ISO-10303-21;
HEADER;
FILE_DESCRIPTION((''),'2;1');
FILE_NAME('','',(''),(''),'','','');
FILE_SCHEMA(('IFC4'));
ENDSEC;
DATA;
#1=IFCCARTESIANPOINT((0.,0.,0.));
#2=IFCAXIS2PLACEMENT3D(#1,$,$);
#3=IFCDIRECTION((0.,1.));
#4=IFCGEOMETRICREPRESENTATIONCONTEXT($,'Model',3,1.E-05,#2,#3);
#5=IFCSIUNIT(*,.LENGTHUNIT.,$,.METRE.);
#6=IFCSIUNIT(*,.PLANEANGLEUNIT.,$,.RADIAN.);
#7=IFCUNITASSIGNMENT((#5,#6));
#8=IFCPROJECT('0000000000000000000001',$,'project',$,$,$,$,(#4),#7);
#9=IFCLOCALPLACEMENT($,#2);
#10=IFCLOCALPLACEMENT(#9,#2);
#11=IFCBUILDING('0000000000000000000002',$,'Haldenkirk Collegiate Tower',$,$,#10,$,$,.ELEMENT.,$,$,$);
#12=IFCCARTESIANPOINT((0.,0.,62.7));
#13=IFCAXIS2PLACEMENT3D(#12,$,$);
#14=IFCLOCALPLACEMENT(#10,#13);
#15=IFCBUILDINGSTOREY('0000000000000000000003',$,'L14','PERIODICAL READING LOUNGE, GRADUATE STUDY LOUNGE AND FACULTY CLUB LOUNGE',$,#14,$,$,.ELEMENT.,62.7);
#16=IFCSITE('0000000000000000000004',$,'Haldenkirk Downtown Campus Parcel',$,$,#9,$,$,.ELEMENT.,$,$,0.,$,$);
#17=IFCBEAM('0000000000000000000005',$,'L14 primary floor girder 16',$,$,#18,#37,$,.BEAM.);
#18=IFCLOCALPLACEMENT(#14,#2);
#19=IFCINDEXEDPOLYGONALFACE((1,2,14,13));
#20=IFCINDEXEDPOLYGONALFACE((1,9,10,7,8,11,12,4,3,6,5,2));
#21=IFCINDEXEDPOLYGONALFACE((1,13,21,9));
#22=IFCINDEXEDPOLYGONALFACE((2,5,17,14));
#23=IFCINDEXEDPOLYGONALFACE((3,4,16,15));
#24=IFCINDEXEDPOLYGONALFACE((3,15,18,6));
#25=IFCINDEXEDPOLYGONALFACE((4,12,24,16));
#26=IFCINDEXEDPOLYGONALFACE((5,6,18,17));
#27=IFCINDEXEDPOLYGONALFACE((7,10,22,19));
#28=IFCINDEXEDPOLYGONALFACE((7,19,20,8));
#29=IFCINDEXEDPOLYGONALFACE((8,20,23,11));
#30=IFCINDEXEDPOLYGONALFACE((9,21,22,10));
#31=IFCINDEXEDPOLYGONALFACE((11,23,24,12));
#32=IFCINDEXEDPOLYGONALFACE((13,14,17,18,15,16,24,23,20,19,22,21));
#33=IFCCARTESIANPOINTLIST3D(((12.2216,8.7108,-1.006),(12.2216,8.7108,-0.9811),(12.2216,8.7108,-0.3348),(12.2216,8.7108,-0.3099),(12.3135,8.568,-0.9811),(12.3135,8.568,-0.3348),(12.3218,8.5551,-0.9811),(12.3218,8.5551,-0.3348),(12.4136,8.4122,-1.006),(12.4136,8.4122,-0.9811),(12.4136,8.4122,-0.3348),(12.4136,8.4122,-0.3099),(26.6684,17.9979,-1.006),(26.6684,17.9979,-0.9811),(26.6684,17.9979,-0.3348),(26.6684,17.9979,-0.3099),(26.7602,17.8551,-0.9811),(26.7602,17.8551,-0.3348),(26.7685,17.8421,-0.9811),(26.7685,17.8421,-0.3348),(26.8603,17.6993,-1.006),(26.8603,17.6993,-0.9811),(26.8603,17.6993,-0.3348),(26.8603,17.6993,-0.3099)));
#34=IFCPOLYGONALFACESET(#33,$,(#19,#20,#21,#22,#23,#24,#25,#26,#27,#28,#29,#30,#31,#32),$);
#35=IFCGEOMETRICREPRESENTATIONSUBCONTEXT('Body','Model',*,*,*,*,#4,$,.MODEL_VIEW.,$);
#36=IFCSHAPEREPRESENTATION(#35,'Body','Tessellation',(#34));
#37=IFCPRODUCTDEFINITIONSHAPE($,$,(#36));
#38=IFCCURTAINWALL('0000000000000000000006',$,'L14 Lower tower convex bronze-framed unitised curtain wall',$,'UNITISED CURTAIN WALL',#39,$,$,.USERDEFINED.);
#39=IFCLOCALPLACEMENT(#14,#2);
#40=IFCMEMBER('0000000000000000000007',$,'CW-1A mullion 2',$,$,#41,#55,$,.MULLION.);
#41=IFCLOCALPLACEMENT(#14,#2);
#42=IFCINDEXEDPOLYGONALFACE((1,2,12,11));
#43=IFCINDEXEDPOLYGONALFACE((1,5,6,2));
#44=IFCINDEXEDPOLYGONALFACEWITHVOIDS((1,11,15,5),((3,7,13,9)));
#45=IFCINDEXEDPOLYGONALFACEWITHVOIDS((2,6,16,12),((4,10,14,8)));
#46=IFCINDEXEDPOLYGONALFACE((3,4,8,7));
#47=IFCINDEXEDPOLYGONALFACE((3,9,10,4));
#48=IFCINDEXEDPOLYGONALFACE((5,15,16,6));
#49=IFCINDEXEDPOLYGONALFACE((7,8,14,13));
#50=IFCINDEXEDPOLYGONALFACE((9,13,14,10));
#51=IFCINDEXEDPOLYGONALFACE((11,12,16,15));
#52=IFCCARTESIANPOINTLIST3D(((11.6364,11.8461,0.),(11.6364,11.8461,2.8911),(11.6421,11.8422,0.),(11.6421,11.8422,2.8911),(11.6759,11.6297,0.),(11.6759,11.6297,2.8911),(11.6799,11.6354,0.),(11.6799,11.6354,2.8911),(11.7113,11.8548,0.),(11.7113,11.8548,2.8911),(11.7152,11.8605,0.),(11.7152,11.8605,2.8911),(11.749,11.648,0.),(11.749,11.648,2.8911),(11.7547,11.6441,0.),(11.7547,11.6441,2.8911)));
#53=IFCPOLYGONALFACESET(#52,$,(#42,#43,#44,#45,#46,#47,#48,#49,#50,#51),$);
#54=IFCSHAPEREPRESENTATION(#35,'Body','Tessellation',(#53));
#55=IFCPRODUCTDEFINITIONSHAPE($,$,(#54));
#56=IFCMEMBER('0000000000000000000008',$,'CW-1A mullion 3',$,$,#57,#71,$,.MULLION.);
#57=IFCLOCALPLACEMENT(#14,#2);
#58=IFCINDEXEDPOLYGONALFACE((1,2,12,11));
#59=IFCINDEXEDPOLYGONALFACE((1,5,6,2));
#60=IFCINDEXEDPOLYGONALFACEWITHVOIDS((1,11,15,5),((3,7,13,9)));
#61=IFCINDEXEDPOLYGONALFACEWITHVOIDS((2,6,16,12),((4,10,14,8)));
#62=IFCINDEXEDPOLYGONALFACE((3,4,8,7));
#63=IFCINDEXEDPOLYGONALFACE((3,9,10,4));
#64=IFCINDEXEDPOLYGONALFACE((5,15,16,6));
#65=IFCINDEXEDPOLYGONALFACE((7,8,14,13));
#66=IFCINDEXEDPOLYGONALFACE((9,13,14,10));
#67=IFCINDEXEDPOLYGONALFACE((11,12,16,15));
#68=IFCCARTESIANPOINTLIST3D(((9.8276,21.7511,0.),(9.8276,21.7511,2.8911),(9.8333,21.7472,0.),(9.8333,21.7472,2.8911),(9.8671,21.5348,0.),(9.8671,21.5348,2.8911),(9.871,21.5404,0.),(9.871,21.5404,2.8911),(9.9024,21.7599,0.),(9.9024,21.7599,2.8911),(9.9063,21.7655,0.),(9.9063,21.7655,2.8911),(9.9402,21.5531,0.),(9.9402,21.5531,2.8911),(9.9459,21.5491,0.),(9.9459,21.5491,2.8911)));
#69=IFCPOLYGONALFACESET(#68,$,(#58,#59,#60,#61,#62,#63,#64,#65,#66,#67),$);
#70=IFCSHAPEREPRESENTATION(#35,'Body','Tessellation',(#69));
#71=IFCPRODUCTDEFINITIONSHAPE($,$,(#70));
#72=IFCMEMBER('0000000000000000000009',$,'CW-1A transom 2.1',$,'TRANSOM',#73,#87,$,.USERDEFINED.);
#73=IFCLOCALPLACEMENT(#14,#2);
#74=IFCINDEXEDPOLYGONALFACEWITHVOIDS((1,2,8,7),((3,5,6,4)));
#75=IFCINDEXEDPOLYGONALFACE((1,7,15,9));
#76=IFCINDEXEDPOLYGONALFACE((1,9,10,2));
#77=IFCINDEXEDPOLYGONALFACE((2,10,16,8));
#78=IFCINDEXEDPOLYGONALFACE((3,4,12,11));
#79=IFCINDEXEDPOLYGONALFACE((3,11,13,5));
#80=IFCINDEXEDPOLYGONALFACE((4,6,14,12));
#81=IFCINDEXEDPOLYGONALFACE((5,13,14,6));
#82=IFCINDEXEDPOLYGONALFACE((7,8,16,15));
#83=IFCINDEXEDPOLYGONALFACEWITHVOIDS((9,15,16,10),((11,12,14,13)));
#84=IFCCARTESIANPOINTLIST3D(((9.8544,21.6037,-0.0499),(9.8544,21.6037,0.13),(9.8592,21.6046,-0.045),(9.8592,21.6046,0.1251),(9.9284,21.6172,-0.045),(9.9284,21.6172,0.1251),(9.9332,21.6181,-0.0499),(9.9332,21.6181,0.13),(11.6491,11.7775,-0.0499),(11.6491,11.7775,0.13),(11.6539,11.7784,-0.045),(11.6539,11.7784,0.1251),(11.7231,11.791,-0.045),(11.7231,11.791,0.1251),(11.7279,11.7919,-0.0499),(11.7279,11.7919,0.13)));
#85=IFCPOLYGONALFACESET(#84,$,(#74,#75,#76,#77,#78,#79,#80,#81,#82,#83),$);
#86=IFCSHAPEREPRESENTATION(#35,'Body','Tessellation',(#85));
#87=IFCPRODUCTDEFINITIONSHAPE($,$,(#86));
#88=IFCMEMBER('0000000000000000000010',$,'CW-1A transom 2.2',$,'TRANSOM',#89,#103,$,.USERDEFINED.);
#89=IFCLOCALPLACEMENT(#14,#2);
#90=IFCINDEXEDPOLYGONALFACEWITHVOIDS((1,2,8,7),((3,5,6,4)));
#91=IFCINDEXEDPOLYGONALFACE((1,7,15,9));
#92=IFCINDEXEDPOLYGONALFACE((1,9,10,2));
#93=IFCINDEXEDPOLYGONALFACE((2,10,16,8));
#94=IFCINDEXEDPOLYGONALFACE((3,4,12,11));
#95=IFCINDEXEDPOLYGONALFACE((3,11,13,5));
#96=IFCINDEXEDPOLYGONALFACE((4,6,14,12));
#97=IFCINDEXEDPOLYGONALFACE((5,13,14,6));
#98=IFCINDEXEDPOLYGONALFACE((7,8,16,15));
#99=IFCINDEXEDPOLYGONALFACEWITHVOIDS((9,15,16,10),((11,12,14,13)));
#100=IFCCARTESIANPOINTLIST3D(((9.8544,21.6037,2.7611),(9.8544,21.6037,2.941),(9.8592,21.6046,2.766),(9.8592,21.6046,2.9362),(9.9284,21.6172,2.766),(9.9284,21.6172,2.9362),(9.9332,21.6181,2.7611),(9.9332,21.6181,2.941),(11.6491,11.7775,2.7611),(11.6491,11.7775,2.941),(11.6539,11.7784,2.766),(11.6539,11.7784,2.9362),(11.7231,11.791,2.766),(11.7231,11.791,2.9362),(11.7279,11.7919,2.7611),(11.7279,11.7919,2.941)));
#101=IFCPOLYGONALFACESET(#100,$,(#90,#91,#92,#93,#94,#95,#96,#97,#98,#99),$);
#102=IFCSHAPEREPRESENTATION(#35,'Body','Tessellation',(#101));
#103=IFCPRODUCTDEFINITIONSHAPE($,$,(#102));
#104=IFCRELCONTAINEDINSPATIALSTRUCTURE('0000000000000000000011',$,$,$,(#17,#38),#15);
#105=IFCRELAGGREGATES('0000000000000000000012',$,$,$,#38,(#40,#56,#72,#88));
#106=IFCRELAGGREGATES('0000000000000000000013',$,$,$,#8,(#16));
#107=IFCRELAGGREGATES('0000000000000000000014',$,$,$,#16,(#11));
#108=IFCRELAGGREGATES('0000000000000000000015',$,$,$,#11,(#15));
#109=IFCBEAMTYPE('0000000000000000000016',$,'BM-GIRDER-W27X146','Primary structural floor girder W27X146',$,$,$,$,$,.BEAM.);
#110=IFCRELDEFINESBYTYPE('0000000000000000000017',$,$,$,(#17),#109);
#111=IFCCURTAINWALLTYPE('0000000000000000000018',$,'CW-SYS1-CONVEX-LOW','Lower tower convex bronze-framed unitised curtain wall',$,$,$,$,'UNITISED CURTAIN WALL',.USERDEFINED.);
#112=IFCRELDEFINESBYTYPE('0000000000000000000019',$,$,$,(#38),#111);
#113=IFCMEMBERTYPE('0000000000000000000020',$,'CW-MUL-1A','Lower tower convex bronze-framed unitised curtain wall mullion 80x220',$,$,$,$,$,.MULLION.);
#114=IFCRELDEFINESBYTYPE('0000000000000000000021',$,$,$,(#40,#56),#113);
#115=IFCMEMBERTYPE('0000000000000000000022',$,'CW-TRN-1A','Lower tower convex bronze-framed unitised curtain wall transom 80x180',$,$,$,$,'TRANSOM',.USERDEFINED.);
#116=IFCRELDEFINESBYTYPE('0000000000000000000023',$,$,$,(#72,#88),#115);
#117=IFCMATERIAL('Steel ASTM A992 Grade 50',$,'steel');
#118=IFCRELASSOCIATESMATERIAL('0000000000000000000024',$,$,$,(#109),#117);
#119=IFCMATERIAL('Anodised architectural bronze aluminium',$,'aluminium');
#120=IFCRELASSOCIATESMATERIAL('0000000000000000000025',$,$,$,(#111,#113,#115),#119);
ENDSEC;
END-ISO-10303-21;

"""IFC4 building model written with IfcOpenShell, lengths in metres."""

from ifc_helpers import new_model, si_unit, direction, frame, origin, origin_2d, place, context, subcontext, project, spatial, hollow_rectangle, i_section, extrude, material, material_profile, profile_set, type_object, element, aggregate, save


model = new_model("IFC4")

# Units and contexts
model_context = context("Model", 3, precision=1e-05, world=origin(), true_north=direction((0.0, 1.0)))
body_context = subcontext(model_context, "Body", "Model", "MODEL_VIEW")
ifc_project = project(units=[si_unit("LENGTHUNIT", "METRE"), si_unit("PLANEANGLEUNIT", "RADIAN")], contexts=[model_context])

# Site, building, storey
site_placement = place(None, origin())
site = spatial("IfcSite", under=ifc_project, at=site_placement, Name="Haldenkirk Downtown Campus Parcel", CompositionType="ELEMENT", RefElevation=0.0)
building_placement = place(site_placement, origin())
building = spatial("IfcBuilding", under=site, at=building_placement, Name="Haldenkirk Collegiate Tower", CompositionType="ELEMENT")
storey_placement = place(building_placement, frame((0.0, 0.0, 62.7)))
storey = spatial("IfcBuildingStorey", under=building, at=storey_placement, Name="L14", Description="PERIODICAL READING LOUNGE, GRADUATE STUDY LOUNGE AND FACULTY CLUB LOUNGE", CompositionType="ELEMENT", Elevation=62.7)

# Beam
ifc_material_1 = material(Name="Steel ASTM A992 Grade 50", Category="steel")
ifc_material_profile_1 = material_profile(ifc_material_1, i_section(OverallWidth=0.355, OverallDepth=0.696, WebThickness=0.0154, FlangeThickness=0.0249, at=origin_2d()), Name="W27X146")
ifc_profile_set_1 = profile_set([ifc_material_profile_1], Name="Steel ASTM A992 Grade 50")
beam_type = type_object("IfcBeamType", Name="BM-GIRDER-W27X146", Description="Primary structural floor girder W27X146", PredefinedType="BEAM", material=ifc_profile_set_1)
beam_placement = place(storey_placement, frame((12.3176, 8.5615, -0.658), z_axis=(0.841181, 0.540753, 0.0), x_axis=(-0.540753, 0.841181, 0.0)))
element("IfcBeam", 1, at=beam_placement, inside=storey, type_object=beam_type, Name="L14 primary floor girder 16", PredefinedType="BEAM", context=body_context, shape_type="SweptSolid", body=[
    extrude(i_section(OverallWidth=0.355, OverallDepth=0.696, WebThickness=0.0154, FlangeThickness=0.0249, at=origin_2d()), origin(), (0.0, 0.0, 1.0), 17.1743),
])

# Curtain wall, members
ifc_material_2 = material(Name="Anodised architectural bronze aluminium", Category="aluminium")
curtain_wall_type = type_object("IfcCurtainWallType", Name="CW-SYS1-CONVEX-LOW", Description="Lower tower convex bronze-framed unitised curtain wall", ElementType="UNITISED CURTAIN WALL", PredefinedType="USERDEFINED", material=ifc_material_2)
curtain_wall_placement = place(storey_placement, origin())
curtain_wall = element("IfcCurtainWall", 2, at=curtain_wall_placement, inside=storey, type_object=curtain_wall_type, Name="L14 Lower tower convex bronze-framed unitised curtain wall", ObjectType="UNITISED CURTAIN WALL", PredefinedType="USERDEFINED")
ifc_material_profile_2 = material_profile(ifc_material_2, hollow_rectangle(XDim=0.0801, YDim=0.22, WallThickness=0.0049, at=origin_2d()), Name="CW-MUL-1A")
ifc_profile_set_2 = profile_set([ifc_material_profile_2], Name="Anodised architectural bronze aluminium")
member_type_1 = type_object("IfcMemberType", Name="CW-MUL-1A", Description="Lower tower convex bronze-framed unitised curtain wall mullion 80x220", PredefinedType="MULLION", material=ifc_profile_set_2)
member_1_placement = place(storey_placement, frame((11.6956, 11.7451, 0.0), z_axis=(0.0, 0.0, 1.0), x_axis=(-0.983729, -0.17966, 0.0)))
member_1 = element("IfcMember", 3, at=member_1_placement, type_object=member_type_1, Name="CW-1A mullion 2", PredefinedType="MULLION", context=body_context, shape_type="SweptSolid", body=[
    extrude(hollow_rectangle(XDim=0.0801, YDim=0.22, WallThickness=0.0049, at=origin_2d()), origin(), (0.0, 0.0, 1.0), 2.8911),
])
member_2_placement = place(storey_placement, frame((9.8867, 21.6501, 0.0), z_axis=(0.0, 0.0, 1.0), x_axis=(-0.983729, -0.17966, 0.0)))
member_2 = element("IfcMember", 4, at=member_2_placement, type_object=member_type_1, Name="CW-1A mullion 3", PredefinedType="MULLION", context=body_context, shape_type="SweptSolid", body=[
    extrude(hollow_rectangle(XDim=0.0801, YDim=0.22, WallThickness=0.0049, at=origin_2d()), origin(), (0.0, 0.0, 1.0), 2.8911),
])
ifc_material_profile_3 = material_profile(ifc_material_2, hollow_rectangle(XDim=0.0801, YDim=0.1799, WallThickness=0.0049, at=origin_2d()), Name="CW-TRN-1A")
ifc_profile_set_3 = profile_set([ifc_material_profile_3], Name="Anodised architectural bronze aluminium")
member_type_2 = type_object("IfcMemberType", Name="CW-TRN-1A", Description="Lower tower convex bronze-framed unitised curtain wall transom 80x180", ElementType="TRANSOM", PredefinedType="USERDEFINED", material=ifc_profile_set_3)
member_3_placement = place(storey_placement, frame((11.6885, 11.7847, 0.04), z_axis=(-0.17967, 0.983727, 0.0), x_axis=(-0.983727, -0.17967, 0.0)))
member_3 = element("IfcMember", 5, at=member_3_placement, type_object=member_type_2, Name="CW-1A transom 2.1", ObjectType="TRANSOM", PredefinedType="USERDEFINED", context=body_context, shape_type="SweptSolid", body=[
    extrude(hollow_rectangle(XDim=0.0801, YDim=0.1799, WallThickness=0.0049, at=origin_2d()), origin(), (0.0, 0.0, 1.0), 9.9888),
])
member_4_placement = place(storey_placement, frame((11.6885, 11.7847, 2.8511), z_axis=(-0.17967, 0.983727, 0.0), x_axis=(-0.983727, -0.17967, 0.0)))
member_4 = element("IfcMember", 6, at=member_4_placement, type_object=member_type_2, Name="CW-1A transom 2.2", ObjectType="TRANSOM", PredefinedType="USERDEFINED", context=body_context, shape_type="SweptSolid", body=[
    extrude(hollow_rectangle(XDim=0.0801, YDim=0.1799, WallThickness=0.0049, at=origin_2d()), origin(), (0.0, 0.0, 1.0), 9.9888),
])

aggregate(curtain_wall, [member_1, member_2, member_3, member_4])

save(model, "model.ifc")
